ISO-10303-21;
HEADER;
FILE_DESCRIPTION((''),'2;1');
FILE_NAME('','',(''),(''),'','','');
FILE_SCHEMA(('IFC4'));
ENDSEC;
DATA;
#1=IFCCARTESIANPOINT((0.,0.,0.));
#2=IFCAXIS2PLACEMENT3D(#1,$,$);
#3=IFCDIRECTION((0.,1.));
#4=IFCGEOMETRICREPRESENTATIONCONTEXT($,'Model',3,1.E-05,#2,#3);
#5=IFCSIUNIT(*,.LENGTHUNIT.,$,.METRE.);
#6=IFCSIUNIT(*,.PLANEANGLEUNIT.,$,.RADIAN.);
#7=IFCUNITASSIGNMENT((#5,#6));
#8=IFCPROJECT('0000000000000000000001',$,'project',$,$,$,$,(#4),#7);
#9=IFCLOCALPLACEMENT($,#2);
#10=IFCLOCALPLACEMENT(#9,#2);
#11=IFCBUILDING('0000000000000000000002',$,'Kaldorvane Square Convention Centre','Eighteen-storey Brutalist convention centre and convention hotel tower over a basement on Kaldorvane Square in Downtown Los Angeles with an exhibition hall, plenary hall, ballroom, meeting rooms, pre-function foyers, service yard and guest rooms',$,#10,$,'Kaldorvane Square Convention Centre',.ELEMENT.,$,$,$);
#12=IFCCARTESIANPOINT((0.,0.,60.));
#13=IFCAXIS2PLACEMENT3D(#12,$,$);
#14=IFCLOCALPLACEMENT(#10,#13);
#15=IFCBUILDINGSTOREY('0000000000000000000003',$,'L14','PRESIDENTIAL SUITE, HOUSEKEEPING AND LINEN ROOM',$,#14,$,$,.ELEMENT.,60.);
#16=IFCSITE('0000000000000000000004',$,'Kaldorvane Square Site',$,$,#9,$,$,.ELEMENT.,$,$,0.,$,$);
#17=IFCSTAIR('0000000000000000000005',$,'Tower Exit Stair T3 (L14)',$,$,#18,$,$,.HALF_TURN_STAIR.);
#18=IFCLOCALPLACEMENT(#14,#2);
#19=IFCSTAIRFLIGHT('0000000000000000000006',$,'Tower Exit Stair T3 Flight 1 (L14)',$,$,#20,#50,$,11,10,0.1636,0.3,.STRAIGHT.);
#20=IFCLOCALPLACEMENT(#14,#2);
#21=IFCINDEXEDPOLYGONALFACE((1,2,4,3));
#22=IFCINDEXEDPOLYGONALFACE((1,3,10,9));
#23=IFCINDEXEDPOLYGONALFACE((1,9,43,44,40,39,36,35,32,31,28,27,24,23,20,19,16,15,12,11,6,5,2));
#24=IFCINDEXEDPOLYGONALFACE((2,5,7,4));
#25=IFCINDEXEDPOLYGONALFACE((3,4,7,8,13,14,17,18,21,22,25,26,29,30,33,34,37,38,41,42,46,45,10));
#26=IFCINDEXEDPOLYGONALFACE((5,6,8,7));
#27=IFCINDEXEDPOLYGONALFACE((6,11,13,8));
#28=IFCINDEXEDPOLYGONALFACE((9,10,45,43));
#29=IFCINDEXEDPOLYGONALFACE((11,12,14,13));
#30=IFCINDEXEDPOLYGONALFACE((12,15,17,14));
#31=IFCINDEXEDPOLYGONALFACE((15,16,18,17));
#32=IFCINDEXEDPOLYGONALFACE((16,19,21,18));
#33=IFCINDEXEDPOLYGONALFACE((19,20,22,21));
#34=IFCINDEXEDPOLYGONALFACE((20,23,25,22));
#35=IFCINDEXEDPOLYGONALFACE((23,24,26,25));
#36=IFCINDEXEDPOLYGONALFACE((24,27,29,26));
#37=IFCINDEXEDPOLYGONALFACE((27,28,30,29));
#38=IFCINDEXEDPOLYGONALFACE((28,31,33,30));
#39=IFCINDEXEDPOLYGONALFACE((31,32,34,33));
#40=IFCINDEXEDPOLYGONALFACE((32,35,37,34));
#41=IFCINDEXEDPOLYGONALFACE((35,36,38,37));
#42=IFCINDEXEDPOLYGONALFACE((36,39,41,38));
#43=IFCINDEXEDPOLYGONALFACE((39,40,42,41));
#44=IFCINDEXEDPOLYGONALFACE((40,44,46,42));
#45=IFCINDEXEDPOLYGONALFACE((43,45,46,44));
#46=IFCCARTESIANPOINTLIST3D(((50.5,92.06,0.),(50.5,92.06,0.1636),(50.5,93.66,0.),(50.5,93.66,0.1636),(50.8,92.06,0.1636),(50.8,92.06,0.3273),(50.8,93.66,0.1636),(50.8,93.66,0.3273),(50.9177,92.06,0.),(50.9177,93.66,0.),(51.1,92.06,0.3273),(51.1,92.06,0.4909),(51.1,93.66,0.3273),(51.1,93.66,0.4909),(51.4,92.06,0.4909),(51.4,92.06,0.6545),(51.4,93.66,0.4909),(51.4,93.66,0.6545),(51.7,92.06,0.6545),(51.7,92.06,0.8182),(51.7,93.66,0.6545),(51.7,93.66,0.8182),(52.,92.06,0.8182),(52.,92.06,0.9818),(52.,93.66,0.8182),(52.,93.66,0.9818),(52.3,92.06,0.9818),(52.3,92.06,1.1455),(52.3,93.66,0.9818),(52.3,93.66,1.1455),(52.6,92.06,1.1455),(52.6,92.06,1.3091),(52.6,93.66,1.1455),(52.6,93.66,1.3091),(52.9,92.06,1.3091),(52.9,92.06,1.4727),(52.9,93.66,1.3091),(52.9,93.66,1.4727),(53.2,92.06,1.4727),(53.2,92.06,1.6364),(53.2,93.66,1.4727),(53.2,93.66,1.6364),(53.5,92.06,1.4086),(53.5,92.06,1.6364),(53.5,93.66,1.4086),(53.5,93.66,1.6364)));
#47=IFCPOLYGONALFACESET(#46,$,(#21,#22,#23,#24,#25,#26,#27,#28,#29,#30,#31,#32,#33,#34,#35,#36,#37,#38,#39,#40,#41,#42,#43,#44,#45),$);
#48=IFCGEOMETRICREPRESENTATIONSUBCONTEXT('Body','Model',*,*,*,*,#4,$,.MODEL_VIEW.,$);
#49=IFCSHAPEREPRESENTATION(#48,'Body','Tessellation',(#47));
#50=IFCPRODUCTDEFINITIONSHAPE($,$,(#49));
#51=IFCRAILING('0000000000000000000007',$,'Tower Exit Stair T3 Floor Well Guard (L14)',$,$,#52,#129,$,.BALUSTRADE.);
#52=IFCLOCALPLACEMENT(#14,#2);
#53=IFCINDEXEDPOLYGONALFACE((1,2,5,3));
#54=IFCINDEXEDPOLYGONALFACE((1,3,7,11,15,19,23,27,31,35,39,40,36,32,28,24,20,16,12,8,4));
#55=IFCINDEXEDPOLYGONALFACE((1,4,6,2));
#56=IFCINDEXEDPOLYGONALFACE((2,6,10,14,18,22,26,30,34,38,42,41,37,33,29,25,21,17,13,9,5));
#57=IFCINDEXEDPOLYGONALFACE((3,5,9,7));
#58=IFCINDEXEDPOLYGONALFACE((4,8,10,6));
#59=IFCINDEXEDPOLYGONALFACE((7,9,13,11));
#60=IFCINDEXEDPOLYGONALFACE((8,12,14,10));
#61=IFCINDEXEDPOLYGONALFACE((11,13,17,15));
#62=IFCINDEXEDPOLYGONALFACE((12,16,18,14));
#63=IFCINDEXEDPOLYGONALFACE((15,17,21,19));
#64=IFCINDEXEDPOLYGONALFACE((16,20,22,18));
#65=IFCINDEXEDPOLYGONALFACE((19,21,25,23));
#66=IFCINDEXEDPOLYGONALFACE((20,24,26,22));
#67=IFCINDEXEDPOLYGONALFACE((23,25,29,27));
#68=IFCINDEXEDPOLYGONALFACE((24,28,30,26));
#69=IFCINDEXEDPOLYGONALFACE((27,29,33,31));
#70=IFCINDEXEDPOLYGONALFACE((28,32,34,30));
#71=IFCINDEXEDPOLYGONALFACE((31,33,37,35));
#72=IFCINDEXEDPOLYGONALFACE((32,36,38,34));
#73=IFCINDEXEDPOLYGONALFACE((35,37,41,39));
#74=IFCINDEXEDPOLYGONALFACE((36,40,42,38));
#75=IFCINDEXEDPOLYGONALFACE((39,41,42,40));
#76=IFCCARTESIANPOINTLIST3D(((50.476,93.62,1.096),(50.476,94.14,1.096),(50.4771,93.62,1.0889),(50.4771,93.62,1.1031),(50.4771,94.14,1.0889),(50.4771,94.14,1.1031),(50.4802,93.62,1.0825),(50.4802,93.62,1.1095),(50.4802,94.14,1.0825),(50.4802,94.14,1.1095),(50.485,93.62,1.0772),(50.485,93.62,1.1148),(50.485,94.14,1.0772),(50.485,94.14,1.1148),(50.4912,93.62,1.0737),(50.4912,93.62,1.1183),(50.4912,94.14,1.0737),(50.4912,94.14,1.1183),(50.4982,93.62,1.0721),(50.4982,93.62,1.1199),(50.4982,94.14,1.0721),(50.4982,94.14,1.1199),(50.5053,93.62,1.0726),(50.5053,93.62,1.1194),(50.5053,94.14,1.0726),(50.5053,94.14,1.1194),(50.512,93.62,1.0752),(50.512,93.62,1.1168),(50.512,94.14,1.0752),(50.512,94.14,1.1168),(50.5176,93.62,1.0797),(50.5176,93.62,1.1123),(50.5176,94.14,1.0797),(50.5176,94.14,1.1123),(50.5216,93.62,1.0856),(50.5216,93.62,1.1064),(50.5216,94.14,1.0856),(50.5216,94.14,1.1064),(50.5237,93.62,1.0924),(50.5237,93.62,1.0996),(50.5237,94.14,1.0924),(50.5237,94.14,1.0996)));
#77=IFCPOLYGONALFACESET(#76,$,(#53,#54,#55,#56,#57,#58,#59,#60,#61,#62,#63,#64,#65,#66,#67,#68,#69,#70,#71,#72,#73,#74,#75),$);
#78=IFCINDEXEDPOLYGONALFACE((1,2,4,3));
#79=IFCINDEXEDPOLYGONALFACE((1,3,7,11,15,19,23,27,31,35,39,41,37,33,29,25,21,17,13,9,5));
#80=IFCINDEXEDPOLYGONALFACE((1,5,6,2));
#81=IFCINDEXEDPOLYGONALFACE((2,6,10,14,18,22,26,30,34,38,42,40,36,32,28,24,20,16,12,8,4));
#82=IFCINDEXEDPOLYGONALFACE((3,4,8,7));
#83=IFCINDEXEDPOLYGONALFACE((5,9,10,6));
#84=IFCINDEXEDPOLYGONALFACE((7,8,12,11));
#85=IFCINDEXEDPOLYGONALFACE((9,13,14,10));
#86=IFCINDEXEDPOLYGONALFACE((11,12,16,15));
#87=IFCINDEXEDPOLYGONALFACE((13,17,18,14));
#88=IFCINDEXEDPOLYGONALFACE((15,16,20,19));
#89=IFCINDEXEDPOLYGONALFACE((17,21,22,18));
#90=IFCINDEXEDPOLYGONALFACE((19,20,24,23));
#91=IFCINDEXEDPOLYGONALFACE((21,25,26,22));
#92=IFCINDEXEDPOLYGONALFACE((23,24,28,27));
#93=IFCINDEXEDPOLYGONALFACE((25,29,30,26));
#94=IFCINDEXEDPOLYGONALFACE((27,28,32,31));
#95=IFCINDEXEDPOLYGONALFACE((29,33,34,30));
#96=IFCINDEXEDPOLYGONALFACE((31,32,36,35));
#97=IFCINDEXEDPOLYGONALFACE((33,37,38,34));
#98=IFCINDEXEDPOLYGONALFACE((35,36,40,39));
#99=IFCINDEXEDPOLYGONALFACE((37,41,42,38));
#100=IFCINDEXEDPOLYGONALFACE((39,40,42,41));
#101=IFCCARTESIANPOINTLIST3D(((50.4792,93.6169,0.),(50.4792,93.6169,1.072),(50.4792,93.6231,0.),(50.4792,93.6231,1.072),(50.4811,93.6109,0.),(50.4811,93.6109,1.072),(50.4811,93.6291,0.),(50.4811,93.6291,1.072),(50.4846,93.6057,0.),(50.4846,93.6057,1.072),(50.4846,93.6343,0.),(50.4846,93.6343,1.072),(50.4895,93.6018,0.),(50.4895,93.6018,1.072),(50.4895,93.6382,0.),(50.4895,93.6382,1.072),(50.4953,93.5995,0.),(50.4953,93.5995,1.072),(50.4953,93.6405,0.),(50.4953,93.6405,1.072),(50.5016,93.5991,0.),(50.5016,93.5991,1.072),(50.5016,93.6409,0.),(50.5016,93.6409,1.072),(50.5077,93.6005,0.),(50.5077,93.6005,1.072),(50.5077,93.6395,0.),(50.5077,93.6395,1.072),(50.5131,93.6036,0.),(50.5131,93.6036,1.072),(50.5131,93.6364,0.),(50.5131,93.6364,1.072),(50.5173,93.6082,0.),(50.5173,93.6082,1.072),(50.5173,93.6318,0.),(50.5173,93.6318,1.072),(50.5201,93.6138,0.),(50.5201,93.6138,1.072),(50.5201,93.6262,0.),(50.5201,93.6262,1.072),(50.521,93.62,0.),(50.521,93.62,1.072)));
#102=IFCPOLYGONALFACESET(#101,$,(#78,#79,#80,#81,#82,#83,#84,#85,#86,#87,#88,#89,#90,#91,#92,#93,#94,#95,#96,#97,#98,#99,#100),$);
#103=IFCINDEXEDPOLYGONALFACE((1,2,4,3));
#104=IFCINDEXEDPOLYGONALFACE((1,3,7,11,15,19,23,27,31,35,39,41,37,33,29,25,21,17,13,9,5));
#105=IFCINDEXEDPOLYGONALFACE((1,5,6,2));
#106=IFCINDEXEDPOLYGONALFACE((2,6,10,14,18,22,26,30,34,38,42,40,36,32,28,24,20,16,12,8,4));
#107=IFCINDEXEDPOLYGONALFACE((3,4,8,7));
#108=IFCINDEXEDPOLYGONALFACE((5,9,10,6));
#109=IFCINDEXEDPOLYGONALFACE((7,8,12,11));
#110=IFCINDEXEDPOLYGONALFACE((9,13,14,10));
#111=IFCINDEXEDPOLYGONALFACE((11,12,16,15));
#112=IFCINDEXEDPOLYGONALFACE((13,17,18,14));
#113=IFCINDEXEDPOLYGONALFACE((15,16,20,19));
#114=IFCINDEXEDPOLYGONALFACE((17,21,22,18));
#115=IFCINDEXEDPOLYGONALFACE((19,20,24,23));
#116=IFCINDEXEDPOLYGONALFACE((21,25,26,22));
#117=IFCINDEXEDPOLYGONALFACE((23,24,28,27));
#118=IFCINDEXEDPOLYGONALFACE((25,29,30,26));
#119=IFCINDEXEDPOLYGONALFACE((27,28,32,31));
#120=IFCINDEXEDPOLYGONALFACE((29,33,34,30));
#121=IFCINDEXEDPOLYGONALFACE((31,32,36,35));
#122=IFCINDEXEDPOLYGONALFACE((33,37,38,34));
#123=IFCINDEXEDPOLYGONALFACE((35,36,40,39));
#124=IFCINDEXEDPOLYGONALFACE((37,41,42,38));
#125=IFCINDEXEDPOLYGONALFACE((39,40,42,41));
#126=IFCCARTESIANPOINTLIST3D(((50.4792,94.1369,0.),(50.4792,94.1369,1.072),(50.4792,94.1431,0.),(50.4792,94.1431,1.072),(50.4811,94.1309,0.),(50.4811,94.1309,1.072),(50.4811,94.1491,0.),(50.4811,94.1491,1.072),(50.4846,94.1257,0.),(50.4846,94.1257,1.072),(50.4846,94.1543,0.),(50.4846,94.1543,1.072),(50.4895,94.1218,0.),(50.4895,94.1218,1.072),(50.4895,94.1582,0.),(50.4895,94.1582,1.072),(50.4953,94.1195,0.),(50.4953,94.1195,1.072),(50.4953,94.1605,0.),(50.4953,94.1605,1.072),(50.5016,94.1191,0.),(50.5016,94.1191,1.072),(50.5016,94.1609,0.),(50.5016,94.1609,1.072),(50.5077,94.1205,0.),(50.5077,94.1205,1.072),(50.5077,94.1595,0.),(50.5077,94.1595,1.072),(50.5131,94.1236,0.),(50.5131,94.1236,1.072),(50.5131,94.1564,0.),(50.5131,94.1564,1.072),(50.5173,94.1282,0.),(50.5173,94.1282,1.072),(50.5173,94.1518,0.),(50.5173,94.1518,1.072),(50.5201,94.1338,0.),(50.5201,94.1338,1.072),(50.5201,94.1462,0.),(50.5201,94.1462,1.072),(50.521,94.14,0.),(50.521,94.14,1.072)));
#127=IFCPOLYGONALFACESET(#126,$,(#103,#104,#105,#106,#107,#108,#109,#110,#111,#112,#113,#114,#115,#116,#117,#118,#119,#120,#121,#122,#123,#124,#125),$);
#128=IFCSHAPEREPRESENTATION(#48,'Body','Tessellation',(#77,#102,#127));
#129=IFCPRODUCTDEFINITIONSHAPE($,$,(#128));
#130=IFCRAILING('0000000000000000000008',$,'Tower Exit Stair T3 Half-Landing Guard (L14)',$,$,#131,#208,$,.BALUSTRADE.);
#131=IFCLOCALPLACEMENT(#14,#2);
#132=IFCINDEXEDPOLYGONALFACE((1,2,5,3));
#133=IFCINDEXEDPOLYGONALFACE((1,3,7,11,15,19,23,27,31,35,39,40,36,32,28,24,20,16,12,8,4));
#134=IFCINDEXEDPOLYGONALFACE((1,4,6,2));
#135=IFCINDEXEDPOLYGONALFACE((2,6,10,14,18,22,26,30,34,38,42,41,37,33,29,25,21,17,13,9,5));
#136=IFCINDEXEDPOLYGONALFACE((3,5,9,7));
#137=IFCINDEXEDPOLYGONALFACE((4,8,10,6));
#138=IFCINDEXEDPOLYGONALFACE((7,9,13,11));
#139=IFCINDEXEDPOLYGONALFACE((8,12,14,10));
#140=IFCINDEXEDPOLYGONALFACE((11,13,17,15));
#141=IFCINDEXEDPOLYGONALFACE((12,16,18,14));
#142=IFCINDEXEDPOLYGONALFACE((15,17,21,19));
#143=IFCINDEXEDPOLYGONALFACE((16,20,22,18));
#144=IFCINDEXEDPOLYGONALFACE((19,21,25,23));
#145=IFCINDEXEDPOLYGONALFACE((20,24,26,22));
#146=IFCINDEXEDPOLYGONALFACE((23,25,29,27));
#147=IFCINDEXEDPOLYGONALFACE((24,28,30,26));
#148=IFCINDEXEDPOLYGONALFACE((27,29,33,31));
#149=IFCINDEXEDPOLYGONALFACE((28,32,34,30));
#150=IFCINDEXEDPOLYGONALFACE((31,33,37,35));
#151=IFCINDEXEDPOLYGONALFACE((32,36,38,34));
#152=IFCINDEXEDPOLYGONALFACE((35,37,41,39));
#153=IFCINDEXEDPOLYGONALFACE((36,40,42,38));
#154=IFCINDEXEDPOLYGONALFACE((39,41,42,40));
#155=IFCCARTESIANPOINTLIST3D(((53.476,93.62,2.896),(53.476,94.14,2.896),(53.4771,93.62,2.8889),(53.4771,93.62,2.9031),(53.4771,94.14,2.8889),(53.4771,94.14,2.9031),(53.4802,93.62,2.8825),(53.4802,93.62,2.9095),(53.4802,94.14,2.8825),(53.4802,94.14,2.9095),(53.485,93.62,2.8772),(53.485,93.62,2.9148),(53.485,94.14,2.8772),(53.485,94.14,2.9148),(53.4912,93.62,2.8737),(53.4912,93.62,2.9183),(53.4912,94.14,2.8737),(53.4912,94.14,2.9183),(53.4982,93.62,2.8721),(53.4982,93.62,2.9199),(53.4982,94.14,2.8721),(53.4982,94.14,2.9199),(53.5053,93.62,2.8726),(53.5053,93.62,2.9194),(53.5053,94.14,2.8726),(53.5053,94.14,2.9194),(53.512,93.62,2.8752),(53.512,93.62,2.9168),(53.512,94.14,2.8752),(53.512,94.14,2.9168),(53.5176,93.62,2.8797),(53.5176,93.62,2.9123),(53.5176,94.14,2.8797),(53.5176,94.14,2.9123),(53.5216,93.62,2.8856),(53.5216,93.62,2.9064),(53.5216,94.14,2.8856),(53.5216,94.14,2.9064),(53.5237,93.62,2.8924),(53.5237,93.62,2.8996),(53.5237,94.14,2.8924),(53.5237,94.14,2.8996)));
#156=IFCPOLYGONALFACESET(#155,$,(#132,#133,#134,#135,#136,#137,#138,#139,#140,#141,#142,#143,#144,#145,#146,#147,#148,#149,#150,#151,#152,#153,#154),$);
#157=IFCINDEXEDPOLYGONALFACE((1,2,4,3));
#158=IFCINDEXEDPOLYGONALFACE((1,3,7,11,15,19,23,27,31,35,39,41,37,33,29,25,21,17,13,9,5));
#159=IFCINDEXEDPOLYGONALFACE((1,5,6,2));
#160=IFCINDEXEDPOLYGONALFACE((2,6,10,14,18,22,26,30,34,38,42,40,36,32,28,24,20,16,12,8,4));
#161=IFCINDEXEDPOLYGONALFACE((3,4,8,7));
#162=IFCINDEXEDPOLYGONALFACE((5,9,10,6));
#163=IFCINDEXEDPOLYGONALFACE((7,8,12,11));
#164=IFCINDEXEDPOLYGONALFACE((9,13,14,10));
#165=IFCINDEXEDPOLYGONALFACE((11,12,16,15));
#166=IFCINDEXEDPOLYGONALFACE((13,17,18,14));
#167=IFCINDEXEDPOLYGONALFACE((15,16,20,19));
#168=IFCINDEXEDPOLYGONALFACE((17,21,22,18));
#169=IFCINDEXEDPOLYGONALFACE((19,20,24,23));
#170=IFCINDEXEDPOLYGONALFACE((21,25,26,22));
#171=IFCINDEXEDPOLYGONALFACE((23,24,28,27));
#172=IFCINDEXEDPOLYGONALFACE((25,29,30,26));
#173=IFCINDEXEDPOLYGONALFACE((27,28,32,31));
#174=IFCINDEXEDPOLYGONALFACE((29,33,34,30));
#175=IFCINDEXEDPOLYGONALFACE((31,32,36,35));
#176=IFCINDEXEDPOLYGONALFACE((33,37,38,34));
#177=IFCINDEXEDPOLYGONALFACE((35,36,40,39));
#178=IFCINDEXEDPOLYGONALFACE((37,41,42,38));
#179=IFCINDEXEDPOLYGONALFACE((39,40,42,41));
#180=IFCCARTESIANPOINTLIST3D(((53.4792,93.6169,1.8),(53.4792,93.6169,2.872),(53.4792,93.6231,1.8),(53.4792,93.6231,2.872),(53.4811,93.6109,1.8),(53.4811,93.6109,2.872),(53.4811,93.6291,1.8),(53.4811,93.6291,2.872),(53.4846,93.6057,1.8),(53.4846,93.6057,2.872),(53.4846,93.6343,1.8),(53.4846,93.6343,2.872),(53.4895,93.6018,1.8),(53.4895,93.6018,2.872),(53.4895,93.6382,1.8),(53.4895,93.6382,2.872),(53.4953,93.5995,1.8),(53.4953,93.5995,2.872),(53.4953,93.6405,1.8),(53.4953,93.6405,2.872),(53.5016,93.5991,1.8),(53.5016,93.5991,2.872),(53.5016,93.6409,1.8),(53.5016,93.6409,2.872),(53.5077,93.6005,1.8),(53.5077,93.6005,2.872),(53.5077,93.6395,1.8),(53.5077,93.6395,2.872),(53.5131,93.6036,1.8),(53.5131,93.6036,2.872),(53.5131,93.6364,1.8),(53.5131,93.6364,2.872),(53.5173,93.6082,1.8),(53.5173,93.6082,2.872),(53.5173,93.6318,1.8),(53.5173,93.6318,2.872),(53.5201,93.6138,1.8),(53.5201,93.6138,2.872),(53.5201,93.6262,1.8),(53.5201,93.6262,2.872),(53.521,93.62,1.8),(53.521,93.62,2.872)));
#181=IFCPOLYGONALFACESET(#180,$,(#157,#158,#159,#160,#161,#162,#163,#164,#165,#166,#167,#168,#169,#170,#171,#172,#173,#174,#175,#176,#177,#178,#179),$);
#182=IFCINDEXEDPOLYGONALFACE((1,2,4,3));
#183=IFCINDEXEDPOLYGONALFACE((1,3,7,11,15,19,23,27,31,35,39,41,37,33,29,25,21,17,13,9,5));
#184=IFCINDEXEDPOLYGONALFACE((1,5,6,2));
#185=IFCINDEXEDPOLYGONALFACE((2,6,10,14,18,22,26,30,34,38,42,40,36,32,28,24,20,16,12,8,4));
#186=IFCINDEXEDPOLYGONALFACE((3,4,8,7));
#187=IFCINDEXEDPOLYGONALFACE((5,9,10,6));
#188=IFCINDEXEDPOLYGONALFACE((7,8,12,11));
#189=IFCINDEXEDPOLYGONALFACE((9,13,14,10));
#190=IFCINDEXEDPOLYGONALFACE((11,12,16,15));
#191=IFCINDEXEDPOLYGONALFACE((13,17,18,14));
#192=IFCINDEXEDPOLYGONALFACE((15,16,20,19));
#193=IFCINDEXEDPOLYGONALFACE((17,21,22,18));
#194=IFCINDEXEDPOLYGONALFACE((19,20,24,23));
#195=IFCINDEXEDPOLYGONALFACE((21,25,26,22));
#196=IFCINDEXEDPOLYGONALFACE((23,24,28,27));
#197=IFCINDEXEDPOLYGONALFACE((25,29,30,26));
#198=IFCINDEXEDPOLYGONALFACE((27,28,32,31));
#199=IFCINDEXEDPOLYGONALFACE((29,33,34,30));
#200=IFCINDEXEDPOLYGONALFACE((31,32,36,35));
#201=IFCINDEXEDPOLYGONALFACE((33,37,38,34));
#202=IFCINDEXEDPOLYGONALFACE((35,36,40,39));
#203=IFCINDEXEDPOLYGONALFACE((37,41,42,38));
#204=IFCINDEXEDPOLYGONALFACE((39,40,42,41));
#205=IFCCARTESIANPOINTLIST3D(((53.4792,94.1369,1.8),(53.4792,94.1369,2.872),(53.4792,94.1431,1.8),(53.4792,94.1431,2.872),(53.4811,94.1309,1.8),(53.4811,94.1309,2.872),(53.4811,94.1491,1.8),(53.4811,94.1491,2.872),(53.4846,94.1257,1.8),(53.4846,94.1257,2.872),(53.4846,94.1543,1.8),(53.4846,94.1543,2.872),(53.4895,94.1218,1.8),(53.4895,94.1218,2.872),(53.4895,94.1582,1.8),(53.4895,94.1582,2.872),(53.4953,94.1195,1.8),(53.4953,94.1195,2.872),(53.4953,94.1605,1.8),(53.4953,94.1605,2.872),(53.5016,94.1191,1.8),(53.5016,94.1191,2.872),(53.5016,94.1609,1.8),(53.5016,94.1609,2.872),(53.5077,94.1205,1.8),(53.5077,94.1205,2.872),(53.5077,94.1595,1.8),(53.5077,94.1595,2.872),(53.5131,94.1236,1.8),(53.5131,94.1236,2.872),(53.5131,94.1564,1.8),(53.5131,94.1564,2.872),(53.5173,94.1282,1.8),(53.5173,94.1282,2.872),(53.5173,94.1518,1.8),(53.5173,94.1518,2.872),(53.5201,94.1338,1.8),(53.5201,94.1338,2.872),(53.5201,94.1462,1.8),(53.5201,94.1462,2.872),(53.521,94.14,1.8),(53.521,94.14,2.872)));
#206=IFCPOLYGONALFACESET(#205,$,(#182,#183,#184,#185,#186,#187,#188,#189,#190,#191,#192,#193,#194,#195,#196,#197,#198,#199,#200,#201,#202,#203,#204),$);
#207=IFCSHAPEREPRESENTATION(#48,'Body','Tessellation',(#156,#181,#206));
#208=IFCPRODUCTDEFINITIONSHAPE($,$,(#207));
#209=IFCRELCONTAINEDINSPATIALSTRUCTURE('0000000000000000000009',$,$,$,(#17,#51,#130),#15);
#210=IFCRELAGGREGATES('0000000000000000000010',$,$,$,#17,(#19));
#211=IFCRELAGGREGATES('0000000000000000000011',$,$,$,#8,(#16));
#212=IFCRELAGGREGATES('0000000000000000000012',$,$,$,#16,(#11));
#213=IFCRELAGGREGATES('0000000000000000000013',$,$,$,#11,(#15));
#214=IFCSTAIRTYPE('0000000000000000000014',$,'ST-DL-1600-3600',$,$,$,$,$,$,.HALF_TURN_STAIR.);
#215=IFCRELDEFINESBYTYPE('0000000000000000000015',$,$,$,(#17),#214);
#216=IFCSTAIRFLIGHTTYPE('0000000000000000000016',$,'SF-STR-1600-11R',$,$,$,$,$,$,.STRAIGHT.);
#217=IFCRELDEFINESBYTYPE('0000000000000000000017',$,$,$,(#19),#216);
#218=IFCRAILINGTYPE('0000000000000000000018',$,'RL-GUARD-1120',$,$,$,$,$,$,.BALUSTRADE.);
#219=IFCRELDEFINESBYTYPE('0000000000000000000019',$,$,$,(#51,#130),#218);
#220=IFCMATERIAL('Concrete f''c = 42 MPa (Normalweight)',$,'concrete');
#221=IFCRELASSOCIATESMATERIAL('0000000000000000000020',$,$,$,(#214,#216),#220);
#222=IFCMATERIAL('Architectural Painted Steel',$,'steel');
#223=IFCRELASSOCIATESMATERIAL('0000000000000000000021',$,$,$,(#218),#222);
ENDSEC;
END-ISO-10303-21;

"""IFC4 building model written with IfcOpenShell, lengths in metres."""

from ifc_helpers import new_model, si_unit, direction, frame, origin, origin_2d, place, context, subcontext, project, spatial, polyline, circle, outline, extrude, material, type_object, element, aggregate, save


model = new_model("IFC4")

# Units and contexts
model_context = context("Model", 3, precision=1e-05, world=origin(), true_north=direction((0.0, 1.0)))
body_context = subcontext(model_context, "Body", "Model", "MODEL_VIEW")
ifc_project = project(units=[si_unit("LENGTHUNIT", "METRE"), si_unit("PLANEANGLEUNIT", "RADIAN")], contexts=[model_context])

# Site, building, storey
site_placement = place(None, origin())
site = spatial("IfcSite", under=ifc_project, at=site_placement, Name="Kaldorvane Square Site", CompositionType="ELEMENT", RefElevation=0.0)
building_placement = place(site_placement, origin())
building = spatial("IfcBuilding", under=site, at=building_placement, Name="Kaldorvane Square Convention Centre", Description="Eighteen-storey Brutalist convention centre and convention hotel tower over a basement on Kaldorvane Square in Downtown Los Angeles with an exhibition hall, plenary hall, ballroom, meeting rooms, pre-function foyers, service yard and guest rooms", LongName="Kaldorvane Square Convention Centre", CompositionType="ELEMENT")
storey_placement = place(building_placement, frame((0.0, 0.0, 60.0)))
storey = spatial("IfcBuildingStorey", under=building, at=storey_placement, Name="L14", Description="PRESIDENTIAL SUITE, HOUSEKEEPING AND LINEN ROOM", CompositionType="ELEMENT", Elevation=60.0)

# Stair, stair flight
ifc_material_1 = material(Name="Concrete f'c = 42 MPa (Normalweight)", Category="concrete")
stair_type = type_object("IfcStairType", Name="ST-DL-1600-3600", PredefinedType="HALF_TURN_STAIR", material=ifc_material_1)
stair_flight_type = type_object("IfcStairFlightType", Name="SF-STR-1600-11R", PredefinedType="STRAIGHT", material=ifc_material_1)
stair_1_placement = place(storey_placement, origin())
stair_1 = element("IfcStair", 1, at=stair_1_placement, inside=storey, type_object=stair_type, Name="Tower Exit Stair T3 (L14)", PredefinedType="HALF_TURN_STAIR")
stair_flight_1_placement = place(storey_placement, frame((50.5, 92.86, 0.0), z_axis=(0.0, 0.0, 1.0), x_axis=(1.0, 0.0, 0.0)))
stair_flight_1 = element("IfcStairFlight", 2, at=stair_flight_1_placement, type_object=stair_flight_type, Name="Tower Exit Stair T3 Flight 1 (L14)", NumberOfRisers=11, NumberOfTreads=10, PredefinedType="STRAIGHT", RiserHeight=0.1636, TreadLength=0.3, context=body_context, shape_type="SweptSolid", body=[
    extrude(outline(polyline([(0.0, 0.0), (0.0, 0.1636), (0.3, 0.1636), (0.3, 0.3273), (0.6, 0.3273), (0.6, 0.4909), (0.9, 0.4909), (0.9, 0.6545), (1.2, 0.6545), (1.2, 0.8182), (1.5, 0.8182), (1.5, 0.9818), (1.8, 0.9818), (1.8, 1.1455), (2.1, 1.1455), (2.1, 1.3091), (2.4, 1.3091), (2.4, 1.4727), (2.7, 1.4727), (2.7, 1.6364), (3.0, 1.6364), (3.0, 1.8), (3.0, 1.4086), (0.4177, 0.0), (0.0, 0.0)])), frame((0.0, 0.8, 0.0), z_axis=(0.0, -1.0, 0.0), x_axis=(1.0, 0.0, 0.0)), (0.0, 0.0, 1.0), 1.6),
])
aggregate(stair_1, [stair_flight_1])

# Railings
ifc_material_2 = material(Name="Architectural Painted Steel", Category="steel")
railing_type_1 = type_object("IfcRailingType", Name="RL-GUARD-1120", PredefinedType="BALUSTRADE", material=ifc_material_2)
for number, where, name in (
    (3, (50.5, 93.62, 0.0), "Tower Exit Stair T3 Floor Well Guard (L14)"),
    (4, (53.5, 93.62, 1.8), "Tower Exit Stair T3 Half-Landing Guard (L14)"),
):
    element("IfcRailing", number, at=place(storey_placement, frame(where)), inside=storey, type_object=railing_type_1, Name=name, PredefinedType="BALUSTRADE", context=body_context, shape_type="SweptSolid", body=[
        extrude(circle(Radius=0.024, at=origin_2d()), frame((0.0, 0.0, 1.096), z_axis=(0.0, 1.0, 0.0), x_axis=(-1.0, 0.0, 0.0)), (0.0, 0.0, 1.0), 0.52),
        extrude(circle(Radius=0.021, at=origin_2d()), origin(), (0.0, 0.0, 1.0), 1.072),
        extrude(circle(Radius=0.021, at=origin_2d()), frame((0.0, 0.52, 0.0)), (0.0, 0.0, 1.0), 1.072),
    ])

save(model, "model.ifc")
